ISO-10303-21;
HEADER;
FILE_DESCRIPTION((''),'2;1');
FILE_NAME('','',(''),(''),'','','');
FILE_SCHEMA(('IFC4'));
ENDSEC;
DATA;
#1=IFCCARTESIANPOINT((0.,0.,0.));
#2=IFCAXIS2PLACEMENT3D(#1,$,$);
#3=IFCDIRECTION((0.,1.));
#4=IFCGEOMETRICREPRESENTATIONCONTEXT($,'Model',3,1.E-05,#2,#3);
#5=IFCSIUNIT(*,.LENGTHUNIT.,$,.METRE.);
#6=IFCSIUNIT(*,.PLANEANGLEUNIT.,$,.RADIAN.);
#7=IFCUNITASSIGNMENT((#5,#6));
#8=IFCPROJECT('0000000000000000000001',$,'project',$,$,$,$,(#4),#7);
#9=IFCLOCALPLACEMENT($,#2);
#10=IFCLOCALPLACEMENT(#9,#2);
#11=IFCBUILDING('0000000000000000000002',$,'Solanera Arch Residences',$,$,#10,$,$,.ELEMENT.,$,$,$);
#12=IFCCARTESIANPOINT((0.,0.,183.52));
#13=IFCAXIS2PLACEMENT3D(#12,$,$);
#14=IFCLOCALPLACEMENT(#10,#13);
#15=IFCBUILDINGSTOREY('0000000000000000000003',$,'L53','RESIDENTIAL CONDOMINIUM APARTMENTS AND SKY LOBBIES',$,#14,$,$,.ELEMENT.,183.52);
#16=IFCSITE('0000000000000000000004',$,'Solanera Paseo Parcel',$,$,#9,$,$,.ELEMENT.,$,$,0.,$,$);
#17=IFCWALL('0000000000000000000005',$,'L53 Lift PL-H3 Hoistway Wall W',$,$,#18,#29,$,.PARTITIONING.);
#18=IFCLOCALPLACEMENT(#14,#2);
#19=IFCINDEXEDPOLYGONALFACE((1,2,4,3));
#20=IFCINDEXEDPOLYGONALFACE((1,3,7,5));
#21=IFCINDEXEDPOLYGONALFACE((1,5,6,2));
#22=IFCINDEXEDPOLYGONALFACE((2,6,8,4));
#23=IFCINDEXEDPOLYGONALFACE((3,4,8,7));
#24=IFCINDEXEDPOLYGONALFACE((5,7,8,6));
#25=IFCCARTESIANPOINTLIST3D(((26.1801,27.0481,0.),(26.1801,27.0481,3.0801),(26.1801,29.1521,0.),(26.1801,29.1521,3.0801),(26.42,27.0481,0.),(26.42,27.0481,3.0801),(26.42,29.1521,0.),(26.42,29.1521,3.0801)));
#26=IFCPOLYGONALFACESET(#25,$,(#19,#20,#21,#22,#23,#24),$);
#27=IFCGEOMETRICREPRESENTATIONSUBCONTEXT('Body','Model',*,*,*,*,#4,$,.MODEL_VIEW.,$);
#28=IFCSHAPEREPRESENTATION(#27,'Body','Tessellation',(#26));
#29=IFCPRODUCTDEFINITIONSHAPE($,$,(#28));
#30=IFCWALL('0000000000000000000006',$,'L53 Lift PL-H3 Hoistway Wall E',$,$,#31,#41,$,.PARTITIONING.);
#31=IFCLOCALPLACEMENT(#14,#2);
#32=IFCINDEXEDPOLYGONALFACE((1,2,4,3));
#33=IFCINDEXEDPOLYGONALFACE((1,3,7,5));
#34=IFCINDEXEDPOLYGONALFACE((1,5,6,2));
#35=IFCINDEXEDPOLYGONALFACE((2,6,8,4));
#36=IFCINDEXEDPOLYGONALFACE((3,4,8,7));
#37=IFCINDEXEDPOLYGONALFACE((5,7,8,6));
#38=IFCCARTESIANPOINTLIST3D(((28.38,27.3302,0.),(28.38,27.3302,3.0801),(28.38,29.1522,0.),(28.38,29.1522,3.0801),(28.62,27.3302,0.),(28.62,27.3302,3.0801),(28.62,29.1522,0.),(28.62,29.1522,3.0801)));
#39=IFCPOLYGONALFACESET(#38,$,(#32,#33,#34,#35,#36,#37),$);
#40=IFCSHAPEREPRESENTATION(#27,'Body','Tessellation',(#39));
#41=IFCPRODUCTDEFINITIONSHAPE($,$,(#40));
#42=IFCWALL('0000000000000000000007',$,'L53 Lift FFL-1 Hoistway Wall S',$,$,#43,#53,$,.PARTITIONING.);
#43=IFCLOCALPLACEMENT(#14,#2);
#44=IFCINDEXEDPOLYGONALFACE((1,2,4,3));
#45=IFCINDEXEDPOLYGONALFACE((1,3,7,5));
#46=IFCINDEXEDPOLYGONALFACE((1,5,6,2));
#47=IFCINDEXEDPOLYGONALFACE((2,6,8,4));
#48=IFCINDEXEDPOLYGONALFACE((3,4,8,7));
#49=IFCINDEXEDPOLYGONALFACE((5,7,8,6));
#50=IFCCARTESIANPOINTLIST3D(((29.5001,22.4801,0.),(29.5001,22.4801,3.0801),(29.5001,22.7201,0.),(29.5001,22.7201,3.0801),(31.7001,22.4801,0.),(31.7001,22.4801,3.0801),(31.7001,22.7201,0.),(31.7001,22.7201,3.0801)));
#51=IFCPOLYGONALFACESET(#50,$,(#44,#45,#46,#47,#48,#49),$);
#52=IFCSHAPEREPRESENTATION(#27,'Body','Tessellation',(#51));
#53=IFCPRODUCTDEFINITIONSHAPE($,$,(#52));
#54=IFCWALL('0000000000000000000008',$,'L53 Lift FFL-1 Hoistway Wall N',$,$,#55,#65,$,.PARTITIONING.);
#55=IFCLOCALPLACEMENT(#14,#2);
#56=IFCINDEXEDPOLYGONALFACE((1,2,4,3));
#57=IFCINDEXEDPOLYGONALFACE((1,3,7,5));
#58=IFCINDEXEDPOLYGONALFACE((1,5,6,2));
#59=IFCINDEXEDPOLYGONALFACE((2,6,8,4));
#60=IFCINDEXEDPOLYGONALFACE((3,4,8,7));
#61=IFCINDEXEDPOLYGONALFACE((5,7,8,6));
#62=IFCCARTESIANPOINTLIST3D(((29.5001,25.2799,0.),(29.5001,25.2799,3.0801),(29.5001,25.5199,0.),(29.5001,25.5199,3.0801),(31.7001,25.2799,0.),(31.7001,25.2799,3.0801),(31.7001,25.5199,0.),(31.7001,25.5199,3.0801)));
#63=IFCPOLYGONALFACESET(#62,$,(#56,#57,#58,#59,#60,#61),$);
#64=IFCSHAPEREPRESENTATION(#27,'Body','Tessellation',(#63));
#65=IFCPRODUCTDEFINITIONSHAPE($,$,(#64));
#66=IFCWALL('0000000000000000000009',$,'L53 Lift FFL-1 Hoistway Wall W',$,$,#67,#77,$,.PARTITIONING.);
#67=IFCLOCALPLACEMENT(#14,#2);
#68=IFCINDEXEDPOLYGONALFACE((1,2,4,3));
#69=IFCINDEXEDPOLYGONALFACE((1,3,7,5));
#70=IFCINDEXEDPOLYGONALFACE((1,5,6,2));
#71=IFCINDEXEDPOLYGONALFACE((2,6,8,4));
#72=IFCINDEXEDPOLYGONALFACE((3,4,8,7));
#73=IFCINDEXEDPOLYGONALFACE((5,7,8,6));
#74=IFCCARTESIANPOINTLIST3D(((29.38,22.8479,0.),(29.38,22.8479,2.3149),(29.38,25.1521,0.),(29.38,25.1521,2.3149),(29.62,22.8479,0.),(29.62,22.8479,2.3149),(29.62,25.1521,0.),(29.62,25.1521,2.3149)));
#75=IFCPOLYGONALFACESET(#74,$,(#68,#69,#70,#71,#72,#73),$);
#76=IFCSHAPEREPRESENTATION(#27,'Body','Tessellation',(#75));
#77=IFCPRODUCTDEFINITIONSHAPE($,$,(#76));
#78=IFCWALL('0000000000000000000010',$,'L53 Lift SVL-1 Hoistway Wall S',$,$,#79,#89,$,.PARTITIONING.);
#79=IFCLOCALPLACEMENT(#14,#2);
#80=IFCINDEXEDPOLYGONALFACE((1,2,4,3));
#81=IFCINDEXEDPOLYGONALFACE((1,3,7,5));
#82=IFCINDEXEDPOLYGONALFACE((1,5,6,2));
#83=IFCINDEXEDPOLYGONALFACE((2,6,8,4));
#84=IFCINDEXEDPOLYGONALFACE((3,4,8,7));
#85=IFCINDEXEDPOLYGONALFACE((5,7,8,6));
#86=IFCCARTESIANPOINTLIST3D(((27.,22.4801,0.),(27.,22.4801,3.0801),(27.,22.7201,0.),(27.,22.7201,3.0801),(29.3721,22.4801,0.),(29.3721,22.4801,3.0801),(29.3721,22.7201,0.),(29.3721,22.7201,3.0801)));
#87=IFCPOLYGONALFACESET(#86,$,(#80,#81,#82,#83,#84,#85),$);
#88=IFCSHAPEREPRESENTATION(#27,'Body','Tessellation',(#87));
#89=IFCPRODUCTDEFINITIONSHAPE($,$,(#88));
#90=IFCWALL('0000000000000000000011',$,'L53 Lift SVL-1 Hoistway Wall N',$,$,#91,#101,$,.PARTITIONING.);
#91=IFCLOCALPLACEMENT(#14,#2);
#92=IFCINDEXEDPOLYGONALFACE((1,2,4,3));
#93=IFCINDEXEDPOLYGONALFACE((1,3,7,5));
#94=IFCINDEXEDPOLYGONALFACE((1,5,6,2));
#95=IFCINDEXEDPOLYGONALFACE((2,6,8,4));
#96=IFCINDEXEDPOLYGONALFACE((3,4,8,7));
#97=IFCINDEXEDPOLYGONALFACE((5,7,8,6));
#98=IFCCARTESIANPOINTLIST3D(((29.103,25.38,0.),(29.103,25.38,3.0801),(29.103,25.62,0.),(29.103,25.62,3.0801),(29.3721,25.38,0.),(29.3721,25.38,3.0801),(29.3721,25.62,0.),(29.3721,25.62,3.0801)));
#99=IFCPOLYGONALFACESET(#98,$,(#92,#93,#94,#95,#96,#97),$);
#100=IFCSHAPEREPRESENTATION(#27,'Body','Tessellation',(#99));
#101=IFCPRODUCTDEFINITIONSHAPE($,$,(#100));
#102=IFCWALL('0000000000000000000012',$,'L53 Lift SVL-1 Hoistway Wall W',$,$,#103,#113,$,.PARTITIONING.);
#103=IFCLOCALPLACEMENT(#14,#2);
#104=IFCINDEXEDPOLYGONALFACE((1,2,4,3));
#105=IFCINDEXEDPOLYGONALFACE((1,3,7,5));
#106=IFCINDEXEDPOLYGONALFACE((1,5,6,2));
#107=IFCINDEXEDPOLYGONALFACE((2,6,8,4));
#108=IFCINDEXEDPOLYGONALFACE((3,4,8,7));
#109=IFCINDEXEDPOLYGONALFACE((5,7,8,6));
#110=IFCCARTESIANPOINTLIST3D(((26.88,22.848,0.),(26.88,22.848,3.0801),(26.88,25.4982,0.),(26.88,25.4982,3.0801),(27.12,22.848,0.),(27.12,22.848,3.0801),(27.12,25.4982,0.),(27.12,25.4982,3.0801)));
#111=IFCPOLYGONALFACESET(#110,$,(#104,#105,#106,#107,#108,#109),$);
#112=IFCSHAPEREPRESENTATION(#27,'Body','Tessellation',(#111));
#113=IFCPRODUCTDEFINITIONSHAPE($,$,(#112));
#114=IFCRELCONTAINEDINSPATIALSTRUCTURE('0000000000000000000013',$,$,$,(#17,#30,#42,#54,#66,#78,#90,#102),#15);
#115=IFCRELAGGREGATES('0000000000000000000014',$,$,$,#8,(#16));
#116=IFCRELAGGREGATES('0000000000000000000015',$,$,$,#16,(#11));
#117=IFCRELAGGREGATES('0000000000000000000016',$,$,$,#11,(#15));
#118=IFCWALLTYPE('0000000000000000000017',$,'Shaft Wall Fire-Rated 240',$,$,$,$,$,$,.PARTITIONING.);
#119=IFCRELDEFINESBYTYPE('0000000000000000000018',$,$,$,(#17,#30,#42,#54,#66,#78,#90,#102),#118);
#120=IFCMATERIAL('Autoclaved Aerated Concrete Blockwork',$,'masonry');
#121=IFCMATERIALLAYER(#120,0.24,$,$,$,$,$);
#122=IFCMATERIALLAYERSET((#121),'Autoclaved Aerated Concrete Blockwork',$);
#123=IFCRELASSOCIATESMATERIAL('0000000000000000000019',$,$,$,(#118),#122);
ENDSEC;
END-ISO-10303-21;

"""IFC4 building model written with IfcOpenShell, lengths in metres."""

from ifc_helpers import new_model, si_unit, direction, frame, frame_2d, origin, place, context, subcontext, project, spatial, rectangle, extrude, material, layer, layer_set, type_object, element, save


model = new_model("IFC4")

# Units and contexts
model_context = context("Model", 3, precision=1e-05, world=origin(), true_north=direction((0.0, 1.0)))
body_context = subcontext(model_context, "Body", "Model", "MODEL_VIEW")
ifc_project = project(units=[si_unit("LENGTHUNIT", "METRE"), si_unit("PLANEANGLEUNIT", "RADIAN")], contexts=[model_context])

# Site, building, storey
site_placement = place(None, origin())
site = spatial("IfcSite", under=ifc_project, at=site_placement, Name="Solanera Paseo Parcel", CompositionType="ELEMENT", RefElevation=0.0)
building_placement = place(site_placement, origin())
building = spatial("IfcBuilding", under=site, at=building_placement, Name="Solanera Arch Residences", CompositionType="ELEMENT")
storey_placement = place(building_placement, frame((0.0, 0.0, 183.52)))
storey = spatial("IfcBuildingStorey", under=building, at=storey_placement, Name="L53", Description="RESIDENTIAL CONDOMINIUM APARTMENTS AND SKY LOBBIES", CompositionType="ELEMENT", Elevation=183.52)

# Walls
ifc_material_1 = material(Name="Autoclaved Aerated Concrete Blockwork", Category="masonry")
ifc_layer_1 = layer(ifc_material_1, 0.24)
ifc_layer_set_1 = layer_set([ifc_layer_1], Name="Autoclaved Aerated Concrete Blockwork")
wall_type_1 = type_object("IfcWallType", Name="Shaft Wall Fire-Rated 240", PredefinedType="PARTITIONING", material=ifc_layer_set_1)
wall_1_placement = place(storey_placement, frame((26.3, 27.0481, 0.0), z_axis=(0.0, 0.0, 1.0), x_axis=(0.0, 1.0, 0.0)))
element("IfcWall", 1, at=wall_1_placement, inside=storey, type_object=wall_type_1, Name="L53 Lift PL-H3 Hoistway Wall W", PredefinedType="PARTITIONING", context=body_context, shape_type="SweptSolid", body=[
    extrude(rectangle(XDim=2.104, YDim=0.24, at=frame_2d((1.052, 0.0))), origin(), (0.0, 0.0, 1.0), 3.0801),
])
wall_2_placement = place(storey_placement, frame((28.5, 27.3301, 0.0), z_axis=(0.0, 0.0, 1.0), x_axis=(0.0, 1.0, 0.0)))
element("IfcWall", 2, at=wall_2_placement, inside=storey, type_object=wall_type_1, Name="L53 Lift PL-H3 Hoistway Wall E", PredefinedType="PARTITIONING", context=body_context, shape_type="SweptSolid", body=[
    extrude(rectangle(XDim=1.822, YDim=0.24, at=frame_2d((0.9111, 0.0))), origin(), (0.0, 0.0, 1.0), 3.0801),
])
for number, where, z_axis, x_axis, name in (
    (3, (29.5, 22.6001, 0.0), (0.0, 0.0, 1.0), (1.0, 0.0, 0.0), "L53 Lift FFL-1 Hoistway Wall S"),
    (4, (29.5, 25.3999, 0.0), (0.0, 0.0, 1.0), (1.0, 0.0, 0.0), "L53 Lift FFL-1 Hoistway Wall N"),
):
    element("IfcWall", number, at=place(storey_placement, frame(where, z_axis=z_axis, x_axis=x_axis)), inside=storey, type_object=wall_type_1, Name=name, PredefinedType="PARTITIONING", context=body_context, shape_type="SweptSolid", body=[
        extrude(rectangle(XDim=2.2, YDim=0.24, at=frame_2d((1.1001, 0.0))), origin(), (0.0, 0.0, 1.0), 3.0801),
    ])
wall_3_placement = place(storey_placement, frame((29.5, 22.8479, 0.0), z_axis=(0.0, 0.0, 1.0), x_axis=(0.0, 1.0, 0.0)))
element("IfcWall", 5, at=wall_3_placement, inside=storey, type_object=wall_type_1, Name="L53 Lift FFL-1 Hoistway Wall W", PredefinedType="PARTITIONING", context=body_context, shape_type="SweptSolid", body=[
    extrude(rectangle(XDim=2.3042, YDim=0.24, at=frame_2d((1.1521, 0.0))), origin(), (0.0, 0.0, 1.0), 2.3149),
])
wall_4_placement = place(storey_placement, frame((27.0, 22.6001, 0.0), z_axis=(0.0, 0.0, 1.0), x_axis=(1.0, 0.0, 0.0)))
element("IfcWall", 6, at=wall_4_placement, inside=storey, type_object=wall_type_1, Name="L53 Lift SVL-1 Hoistway Wall S", PredefinedType="PARTITIONING", context=body_context, shape_type="SweptSolid", body=[
    extrude(rectangle(XDim=2.3721, YDim=0.24, at=frame_2d((1.186, 0.0))), origin(), (0.0, 0.0, 1.0), 3.0801),
])
wall_5_placement = place(storey_placement, frame((29.103, 25.5, 0.0), z_axis=(0.0, 0.0, 1.0), x_axis=(1.0, 0.0, 0.0)))
element("IfcWall", 7, at=wall_5_placement, inside=storey, type_object=wall_type_1, Name="L53 Lift SVL-1 Hoistway Wall N", PredefinedType="PARTITIONING", context=body_context, shape_type="SweptSolid", body=[
    extrude(rectangle(XDim=0.269, YDim=0.24, at=frame_2d((0.1345, 0.0))), origin(), (0.0, 0.0, 1.0), 3.0801),
])
wall_6_placement = place(storey_placement, frame((27.0, 22.8479, 0.0), z_axis=(0.0, 0.0, 1.0), x_axis=(0.0, 1.0, 0.0)))
element("IfcWall", 8, at=wall_6_placement, inside=storey, type_object=wall_type_1, Name="L53 Lift SVL-1 Hoistway Wall W", PredefinedType="PARTITIONING", context=body_context, shape_type="SweptSolid", body=[
    extrude(rectangle(XDim=2.6501, YDim=0.24, at=frame_2d((1.3252, 0.0))), origin(), (0.0, 0.0, 1.0), 3.0801),
])

save(model, "model.ifc")
